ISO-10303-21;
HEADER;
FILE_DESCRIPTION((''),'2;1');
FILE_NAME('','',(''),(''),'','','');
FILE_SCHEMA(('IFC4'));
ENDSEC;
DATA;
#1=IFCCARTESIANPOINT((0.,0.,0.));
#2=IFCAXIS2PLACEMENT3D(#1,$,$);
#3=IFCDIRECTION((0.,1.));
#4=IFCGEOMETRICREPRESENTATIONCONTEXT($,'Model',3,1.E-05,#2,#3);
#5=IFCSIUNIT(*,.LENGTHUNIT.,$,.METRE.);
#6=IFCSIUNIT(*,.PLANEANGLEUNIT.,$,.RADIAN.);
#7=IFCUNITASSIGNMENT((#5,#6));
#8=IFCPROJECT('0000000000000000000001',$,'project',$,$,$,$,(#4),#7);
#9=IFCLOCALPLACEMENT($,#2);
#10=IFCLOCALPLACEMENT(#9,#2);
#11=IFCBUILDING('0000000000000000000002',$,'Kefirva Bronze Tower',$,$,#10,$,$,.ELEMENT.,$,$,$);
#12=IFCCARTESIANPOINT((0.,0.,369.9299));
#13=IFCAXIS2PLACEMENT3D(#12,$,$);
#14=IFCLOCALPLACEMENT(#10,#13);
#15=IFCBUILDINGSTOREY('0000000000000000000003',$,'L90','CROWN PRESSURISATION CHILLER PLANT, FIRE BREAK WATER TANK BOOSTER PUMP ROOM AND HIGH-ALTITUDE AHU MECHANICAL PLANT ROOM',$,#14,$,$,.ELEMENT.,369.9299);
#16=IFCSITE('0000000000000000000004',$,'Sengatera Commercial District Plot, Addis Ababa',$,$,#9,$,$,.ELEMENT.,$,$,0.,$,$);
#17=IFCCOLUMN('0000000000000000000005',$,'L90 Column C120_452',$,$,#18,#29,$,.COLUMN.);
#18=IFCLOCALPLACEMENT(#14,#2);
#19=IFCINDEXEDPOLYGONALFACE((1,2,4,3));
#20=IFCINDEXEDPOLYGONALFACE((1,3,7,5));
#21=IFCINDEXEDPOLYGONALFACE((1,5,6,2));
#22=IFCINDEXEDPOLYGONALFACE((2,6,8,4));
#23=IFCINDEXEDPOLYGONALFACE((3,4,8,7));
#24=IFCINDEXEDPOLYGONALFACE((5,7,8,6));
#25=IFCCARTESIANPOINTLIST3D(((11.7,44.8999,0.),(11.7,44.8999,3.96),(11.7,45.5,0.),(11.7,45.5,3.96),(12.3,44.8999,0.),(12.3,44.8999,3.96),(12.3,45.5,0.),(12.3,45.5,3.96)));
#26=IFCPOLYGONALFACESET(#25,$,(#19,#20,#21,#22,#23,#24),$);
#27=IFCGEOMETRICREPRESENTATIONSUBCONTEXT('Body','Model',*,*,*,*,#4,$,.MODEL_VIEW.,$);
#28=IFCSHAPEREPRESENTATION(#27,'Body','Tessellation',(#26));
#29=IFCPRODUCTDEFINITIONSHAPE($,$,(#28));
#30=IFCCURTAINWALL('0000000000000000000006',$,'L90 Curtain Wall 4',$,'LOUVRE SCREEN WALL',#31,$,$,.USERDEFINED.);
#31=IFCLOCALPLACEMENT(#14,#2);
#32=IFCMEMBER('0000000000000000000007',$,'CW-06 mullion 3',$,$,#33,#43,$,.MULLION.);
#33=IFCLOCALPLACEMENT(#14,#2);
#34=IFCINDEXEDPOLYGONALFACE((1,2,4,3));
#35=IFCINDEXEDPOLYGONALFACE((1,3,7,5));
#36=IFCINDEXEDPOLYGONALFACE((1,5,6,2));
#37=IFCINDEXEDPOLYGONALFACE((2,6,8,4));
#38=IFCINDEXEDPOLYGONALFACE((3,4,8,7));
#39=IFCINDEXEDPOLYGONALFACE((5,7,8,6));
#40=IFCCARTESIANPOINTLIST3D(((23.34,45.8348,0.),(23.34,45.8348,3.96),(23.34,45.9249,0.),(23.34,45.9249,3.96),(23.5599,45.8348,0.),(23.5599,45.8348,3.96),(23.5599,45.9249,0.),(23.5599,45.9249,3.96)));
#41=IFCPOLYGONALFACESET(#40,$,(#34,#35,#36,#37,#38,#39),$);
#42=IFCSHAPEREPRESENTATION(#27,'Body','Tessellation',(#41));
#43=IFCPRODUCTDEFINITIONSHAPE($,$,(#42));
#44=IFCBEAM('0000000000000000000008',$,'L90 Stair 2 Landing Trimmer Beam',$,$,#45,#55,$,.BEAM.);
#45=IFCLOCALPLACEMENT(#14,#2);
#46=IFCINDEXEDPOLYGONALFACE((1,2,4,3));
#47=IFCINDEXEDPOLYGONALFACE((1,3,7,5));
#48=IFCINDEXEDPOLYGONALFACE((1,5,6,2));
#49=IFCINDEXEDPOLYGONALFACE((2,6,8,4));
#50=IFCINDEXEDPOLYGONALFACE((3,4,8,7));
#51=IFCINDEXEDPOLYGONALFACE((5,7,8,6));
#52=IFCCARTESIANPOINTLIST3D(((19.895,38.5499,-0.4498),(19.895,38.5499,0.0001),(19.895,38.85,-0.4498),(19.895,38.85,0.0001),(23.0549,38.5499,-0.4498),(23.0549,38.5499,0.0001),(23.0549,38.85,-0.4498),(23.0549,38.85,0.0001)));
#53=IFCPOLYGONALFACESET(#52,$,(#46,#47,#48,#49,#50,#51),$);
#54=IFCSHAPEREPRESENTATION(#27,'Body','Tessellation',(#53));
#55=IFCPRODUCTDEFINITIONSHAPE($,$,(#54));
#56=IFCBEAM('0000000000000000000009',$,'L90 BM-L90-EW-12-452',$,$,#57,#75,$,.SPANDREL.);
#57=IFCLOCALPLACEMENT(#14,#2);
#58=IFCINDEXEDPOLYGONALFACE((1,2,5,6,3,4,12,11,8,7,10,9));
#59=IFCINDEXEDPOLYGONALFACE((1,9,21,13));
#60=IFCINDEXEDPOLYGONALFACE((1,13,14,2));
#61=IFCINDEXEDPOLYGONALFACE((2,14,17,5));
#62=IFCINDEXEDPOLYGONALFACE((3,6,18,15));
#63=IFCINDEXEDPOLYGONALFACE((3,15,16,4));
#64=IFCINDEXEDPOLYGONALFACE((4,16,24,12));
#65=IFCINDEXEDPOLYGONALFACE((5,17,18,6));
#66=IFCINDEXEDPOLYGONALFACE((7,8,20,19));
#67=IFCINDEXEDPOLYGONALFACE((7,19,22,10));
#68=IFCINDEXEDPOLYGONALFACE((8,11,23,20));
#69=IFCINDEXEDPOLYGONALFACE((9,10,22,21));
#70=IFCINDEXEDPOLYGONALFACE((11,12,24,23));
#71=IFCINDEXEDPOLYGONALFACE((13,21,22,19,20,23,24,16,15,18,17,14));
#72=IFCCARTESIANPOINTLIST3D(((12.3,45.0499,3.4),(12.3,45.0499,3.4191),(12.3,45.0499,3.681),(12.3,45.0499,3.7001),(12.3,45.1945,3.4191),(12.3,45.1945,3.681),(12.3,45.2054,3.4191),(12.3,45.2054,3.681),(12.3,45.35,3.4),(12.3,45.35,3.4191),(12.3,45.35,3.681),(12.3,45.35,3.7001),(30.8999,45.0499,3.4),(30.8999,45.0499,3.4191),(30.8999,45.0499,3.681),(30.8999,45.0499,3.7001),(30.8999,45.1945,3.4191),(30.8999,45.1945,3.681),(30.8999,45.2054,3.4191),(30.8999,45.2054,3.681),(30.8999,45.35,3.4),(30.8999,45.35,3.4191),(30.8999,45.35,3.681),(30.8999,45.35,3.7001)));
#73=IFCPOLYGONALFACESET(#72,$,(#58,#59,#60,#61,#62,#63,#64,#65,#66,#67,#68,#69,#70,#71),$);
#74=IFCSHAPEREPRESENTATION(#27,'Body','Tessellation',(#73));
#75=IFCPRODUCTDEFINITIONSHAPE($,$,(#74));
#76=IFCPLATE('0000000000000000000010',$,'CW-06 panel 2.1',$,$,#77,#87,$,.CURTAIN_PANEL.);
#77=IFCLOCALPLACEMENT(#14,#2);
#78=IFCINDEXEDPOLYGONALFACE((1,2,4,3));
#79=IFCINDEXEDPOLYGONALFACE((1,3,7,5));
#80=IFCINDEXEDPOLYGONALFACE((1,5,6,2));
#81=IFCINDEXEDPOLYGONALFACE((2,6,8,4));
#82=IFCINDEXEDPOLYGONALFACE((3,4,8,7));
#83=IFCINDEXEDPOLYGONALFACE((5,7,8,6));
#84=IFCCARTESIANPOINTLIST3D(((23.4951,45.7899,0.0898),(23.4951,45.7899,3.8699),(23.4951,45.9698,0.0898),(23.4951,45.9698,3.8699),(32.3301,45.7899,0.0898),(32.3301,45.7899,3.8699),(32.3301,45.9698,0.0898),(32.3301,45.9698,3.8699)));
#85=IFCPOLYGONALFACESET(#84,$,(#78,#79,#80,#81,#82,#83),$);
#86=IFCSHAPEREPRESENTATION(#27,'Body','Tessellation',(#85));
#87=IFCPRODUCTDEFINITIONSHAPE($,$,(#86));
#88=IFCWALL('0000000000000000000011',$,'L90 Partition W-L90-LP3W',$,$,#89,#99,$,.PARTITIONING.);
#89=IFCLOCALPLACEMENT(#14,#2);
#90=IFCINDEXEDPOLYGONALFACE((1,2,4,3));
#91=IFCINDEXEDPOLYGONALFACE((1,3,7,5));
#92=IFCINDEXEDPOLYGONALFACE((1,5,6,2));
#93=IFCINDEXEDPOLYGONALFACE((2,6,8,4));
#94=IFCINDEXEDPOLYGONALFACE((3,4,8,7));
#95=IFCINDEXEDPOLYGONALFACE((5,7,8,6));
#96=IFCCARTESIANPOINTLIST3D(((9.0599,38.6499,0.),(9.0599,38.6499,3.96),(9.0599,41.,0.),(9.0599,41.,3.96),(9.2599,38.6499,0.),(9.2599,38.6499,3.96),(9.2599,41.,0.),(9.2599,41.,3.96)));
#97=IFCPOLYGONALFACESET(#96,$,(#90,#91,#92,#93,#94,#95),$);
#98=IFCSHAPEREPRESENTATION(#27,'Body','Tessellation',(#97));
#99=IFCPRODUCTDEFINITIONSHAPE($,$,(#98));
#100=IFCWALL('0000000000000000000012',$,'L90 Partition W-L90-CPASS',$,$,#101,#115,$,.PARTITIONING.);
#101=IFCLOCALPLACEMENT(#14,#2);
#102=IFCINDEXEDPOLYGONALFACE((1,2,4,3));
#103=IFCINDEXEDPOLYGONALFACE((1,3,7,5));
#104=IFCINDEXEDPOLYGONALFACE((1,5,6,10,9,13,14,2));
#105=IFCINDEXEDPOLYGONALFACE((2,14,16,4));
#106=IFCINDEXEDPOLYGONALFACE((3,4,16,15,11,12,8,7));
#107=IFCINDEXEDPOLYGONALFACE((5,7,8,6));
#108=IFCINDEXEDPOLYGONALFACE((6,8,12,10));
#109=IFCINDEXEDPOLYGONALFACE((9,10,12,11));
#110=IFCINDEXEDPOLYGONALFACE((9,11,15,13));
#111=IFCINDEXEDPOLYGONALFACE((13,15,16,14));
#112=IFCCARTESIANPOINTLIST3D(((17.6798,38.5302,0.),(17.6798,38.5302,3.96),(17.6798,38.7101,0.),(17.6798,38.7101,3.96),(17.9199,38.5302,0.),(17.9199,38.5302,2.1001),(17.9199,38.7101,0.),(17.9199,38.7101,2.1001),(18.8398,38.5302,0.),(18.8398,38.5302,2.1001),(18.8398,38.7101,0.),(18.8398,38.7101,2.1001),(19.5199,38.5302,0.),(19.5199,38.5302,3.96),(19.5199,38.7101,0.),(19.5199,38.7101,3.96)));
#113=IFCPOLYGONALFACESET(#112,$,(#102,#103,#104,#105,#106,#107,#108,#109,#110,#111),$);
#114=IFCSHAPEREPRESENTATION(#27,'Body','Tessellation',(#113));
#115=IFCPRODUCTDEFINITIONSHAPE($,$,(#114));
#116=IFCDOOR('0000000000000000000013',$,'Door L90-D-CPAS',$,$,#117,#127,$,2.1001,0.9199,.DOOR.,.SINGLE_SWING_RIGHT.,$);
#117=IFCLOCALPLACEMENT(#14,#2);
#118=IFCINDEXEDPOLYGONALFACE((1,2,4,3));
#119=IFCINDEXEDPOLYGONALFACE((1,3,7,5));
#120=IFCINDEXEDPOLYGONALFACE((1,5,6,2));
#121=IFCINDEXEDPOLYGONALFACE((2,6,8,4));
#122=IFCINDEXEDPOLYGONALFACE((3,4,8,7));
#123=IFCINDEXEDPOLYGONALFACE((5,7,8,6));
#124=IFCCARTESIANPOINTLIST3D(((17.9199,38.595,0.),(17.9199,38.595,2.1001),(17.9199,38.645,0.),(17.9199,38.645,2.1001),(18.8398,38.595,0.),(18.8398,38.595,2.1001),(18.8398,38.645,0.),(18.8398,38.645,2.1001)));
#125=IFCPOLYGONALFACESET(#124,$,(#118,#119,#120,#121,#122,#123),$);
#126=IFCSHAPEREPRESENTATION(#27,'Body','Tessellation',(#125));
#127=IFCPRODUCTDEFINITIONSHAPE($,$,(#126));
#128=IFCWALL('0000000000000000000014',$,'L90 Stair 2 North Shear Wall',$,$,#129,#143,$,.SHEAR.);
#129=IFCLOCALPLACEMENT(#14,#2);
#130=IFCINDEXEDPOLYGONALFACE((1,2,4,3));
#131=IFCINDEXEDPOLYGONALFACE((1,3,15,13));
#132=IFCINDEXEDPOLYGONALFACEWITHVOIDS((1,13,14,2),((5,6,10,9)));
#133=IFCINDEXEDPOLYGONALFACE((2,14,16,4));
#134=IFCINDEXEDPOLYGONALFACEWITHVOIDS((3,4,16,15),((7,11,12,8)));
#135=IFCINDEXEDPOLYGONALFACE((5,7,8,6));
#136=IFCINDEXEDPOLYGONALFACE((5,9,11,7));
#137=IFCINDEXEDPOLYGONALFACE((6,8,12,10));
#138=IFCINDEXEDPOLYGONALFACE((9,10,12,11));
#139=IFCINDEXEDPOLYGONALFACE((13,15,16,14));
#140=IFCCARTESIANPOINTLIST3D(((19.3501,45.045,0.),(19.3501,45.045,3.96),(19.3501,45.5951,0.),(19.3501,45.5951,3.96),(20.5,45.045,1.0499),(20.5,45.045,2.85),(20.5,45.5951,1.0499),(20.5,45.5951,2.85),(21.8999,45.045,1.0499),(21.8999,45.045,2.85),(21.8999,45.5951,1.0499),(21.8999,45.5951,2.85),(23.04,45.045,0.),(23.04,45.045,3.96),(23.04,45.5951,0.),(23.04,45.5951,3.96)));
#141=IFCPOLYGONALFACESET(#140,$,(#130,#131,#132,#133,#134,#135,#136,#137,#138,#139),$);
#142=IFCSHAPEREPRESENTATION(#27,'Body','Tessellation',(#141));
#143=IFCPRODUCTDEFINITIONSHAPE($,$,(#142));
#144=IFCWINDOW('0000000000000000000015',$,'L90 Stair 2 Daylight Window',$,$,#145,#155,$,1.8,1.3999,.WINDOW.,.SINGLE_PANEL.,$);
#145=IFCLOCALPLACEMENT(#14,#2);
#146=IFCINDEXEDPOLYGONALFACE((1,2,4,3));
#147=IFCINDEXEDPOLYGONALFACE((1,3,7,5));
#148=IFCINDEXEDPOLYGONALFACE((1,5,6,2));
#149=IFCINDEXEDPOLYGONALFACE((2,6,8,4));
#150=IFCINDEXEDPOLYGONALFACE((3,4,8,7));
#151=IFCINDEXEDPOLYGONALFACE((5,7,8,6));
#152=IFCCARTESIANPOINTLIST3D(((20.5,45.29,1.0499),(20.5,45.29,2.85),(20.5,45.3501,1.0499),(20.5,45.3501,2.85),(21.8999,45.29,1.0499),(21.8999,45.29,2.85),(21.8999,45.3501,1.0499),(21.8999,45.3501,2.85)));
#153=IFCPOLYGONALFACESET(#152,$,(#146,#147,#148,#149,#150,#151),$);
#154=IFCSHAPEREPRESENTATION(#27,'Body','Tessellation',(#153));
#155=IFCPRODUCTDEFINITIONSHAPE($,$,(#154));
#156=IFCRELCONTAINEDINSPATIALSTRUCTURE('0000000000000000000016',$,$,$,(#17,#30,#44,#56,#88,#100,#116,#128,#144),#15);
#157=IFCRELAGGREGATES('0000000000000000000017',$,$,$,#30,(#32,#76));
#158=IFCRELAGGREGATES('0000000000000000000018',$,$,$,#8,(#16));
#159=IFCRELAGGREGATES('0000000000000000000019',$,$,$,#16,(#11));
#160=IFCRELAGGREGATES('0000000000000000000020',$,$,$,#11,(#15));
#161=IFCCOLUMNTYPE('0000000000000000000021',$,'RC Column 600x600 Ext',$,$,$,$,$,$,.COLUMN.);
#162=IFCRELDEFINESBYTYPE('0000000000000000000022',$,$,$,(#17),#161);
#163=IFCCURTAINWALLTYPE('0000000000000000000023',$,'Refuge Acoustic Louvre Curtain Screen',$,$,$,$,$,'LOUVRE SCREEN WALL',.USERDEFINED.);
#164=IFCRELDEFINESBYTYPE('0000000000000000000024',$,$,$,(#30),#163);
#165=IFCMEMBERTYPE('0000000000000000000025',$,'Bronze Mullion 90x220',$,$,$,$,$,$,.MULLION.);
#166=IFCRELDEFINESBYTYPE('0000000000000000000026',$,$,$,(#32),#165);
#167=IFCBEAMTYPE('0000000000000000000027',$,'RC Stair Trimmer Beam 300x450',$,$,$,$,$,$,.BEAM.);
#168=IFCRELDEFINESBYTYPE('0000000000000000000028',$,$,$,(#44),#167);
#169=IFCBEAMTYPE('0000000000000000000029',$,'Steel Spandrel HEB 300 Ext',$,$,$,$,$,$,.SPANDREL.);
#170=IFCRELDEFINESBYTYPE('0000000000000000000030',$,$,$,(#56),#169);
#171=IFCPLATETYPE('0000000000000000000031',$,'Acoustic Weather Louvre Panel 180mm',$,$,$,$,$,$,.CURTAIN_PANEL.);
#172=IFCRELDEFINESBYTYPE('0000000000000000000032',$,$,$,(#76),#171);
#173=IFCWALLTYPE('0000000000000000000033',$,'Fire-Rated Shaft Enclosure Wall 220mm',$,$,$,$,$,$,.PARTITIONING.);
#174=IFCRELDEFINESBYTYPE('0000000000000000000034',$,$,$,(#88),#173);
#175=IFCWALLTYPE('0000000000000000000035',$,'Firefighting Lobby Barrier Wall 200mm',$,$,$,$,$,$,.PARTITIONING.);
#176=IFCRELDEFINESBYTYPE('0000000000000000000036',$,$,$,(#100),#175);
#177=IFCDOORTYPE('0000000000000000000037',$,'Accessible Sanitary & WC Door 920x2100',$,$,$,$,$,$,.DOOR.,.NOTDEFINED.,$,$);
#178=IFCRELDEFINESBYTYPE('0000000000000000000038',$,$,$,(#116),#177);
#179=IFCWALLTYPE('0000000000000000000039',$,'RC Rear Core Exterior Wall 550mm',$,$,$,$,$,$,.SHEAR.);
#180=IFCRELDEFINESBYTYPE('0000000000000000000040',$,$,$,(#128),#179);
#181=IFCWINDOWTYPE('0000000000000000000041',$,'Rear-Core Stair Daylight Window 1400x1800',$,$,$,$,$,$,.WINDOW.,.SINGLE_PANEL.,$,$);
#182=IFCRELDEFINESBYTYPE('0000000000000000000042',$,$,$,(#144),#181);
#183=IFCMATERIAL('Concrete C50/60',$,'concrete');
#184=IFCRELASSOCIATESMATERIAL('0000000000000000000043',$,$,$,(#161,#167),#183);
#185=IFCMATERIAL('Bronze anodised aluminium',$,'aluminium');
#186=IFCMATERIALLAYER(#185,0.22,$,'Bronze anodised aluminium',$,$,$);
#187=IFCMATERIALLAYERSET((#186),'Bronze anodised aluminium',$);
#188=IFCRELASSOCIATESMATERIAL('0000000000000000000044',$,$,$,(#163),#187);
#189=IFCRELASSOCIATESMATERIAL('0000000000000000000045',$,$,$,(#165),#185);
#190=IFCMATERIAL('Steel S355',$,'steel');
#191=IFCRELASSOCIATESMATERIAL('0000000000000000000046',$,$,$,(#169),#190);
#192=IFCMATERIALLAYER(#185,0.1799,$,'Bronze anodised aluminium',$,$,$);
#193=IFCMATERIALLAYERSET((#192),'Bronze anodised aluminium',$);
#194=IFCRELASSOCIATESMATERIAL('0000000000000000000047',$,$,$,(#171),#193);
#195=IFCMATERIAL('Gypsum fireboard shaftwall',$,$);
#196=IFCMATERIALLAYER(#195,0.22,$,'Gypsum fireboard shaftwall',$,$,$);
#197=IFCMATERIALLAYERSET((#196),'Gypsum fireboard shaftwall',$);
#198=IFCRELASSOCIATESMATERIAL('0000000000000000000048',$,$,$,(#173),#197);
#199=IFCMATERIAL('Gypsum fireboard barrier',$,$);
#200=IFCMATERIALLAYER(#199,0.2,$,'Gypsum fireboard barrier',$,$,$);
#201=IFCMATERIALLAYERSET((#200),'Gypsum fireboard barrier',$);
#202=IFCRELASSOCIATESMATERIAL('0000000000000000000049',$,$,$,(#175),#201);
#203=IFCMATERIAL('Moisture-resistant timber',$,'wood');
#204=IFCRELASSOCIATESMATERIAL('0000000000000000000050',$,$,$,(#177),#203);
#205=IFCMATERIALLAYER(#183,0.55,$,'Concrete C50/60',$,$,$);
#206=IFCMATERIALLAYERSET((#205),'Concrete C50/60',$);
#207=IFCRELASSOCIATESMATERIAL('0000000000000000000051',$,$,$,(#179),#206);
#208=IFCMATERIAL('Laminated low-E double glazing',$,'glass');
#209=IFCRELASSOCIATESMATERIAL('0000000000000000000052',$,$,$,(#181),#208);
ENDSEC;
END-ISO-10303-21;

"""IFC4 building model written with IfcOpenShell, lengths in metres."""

from ifc_helpers import new_model, si_unit, direction, frame, frame_2d, origin, origin_2d, place, context, subcontext, project, spatial, rectangle, i_section, extrude, material, layer, layer_set, material_profile, profile_set, type_object, element, fill, aggregate, save


model = new_model("IFC4")

# Units and contexts
model_context = context("Model", 3, precision=1e-05, world=origin(), true_north=direction((0.0, 1.0)))
body_context = subcontext(model_context, "Body", "Model", "MODEL_VIEW")
ifc_project = project(units=[si_unit("LENGTHUNIT", "METRE"), si_unit("PLANEANGLEUNIT", "RADIAN")], contexts=[model_context])

# Site, building, storey
site_placement = place(None, origin())
site = spatial("IfcSite", under=ifc_project, at=site_placement, Name="Sengatera Commercial District Plot, Addis Ababa", CompositionType="ELEMENT", RefElevation=0.0)
building_placement = place(site_placement, origin())
building = spatial("IfcBuilding", under=site, at=building_placement, Name="Kefirva Bronze Tower", CompositionType="ELEMENT")
storey_placement = place(building_placement, frame((0.0, 0.0, 369.9299)))
storey = spatial("IfcBuildingStorey", under=building, at=storey_placement, Name="L90", Description="CROWN PRESSURISATION CHILLER PLANT, FIRE BREAK WATER TANK BOOSTER PUMP ROOM AND HIGH-ALTITUDE AHU MECHANICAL PLANT ROOM", CompositionType="ELEMENT", Elevation=369.9299)

# Column
ifc_material_1 = material(Name="Concrete C50/60", Category="concrete")
ifc_material_profile_1 = material_profile(ifc_material_1, rectangle(XDim=0.6001, YDim=0.6001, at=origin_2d()), Name="RC 600x600")
ifc_profile_set_1 = profile_set([ifc_material_profile_1], Name="Concrete C50/60")
column_type = type_object("IfcColumnType", Name="RC Column 600x600 Ext", PredefinedType="COLUMN", material=ifc_profile_set_1)
column_placement = place(storey_placement, frame((12.0, 45.2, 0.0), z_axis=(0.0, 0.0, 1.0), x_axis=(1.0, 0.0, 0.0)))
element("IfcColumn", 1, at=column_placement, inside=storey, type_object=column_type, Name="L90 Column C120_452", PredefinedType="COLUMN", context=body_context, shape_type="SweptSolid", body=[
    extrude(rectangle(XDim=0.6001, YDim=0.6001, at=origin_2d()), origin(), (0.0, 0.0, 1.0), 3.96),
])

# Curtain wall, member
ifc_material_2 = material(Name="Bronze anodised aluminium", Category="aluminium")
ifc_layer_1 = layer(ifc_material_2, 0.22, Name="Bronze anodised aluminium")
ifc_layer_set_1 = layer_set([ifc_layer_1], Name="Bronze anodised aluminium")
curtain_wall_type = type_object("IfcCurtainWallType", Name="Refuge Acoustic Louvre Curtain Screen", ElementType="LOUVRE SCREEN WALL", PredefinedType="USERDEFINED", material=ifc_layer_set_1)
curtain_wall_placement = place(storey_placement, origin())
curtain_wall = element("IfcCurtainWall", 2, at=curtain_wall_placement, inside=storey, type_object=curtain_wall_type, Name="L90 Curtain Wall 4", ObjectType="LOUVRE SCREEN WALL", PredefinedType="USERDEFINED")
ifc_material_profile_2 = material_profile(ifc_material_2, rectangle(XDim=0.0901, YDim=0.22, at=origin_2d()), Name="ALU 90x220")
ifc_profile_set_2 = profile_set([ifc_material_profile_2], Name="Bronze anodised aluminium")
member_type = type_object("IfcMemberType", Name="Bronze Mullion 90x220", PredefinedType="MULLION", material=ifc_profile_set_2)
member_placement = place(storey_placement, frame((23.45, 45.8799, 0.0), z_axis=(0.0, 0.0, 1.0), x_axis=(0.0, -1.0, 0.0)))
member = element("IfcMember", 3, at=member_placement, type_object=member_type, Name="CW-06 mullion 3", PredefinedType="MULLION", context=body_context, shape_type="SweptSolid", body=[
    extrude(rectangle(XDim=0.0901, YDim=0.22, at=origin_2d()), origin(), (0.0, 0.0, 1.0), 3.96),
])

# Beams
ifc_material_profile_3 = material_profile(ifc_material_1, rectangle(XDim=0.3, YDim=0.45, at=origin_2d()), Name="RC 300x450")
ifc_profile_set_3 = profile_set([ifc_material_profile_3], Name="Concrete C50/60")
beam_type_1 = type_object("IfcBeamType", Name="RC Stair Trimmer Beam 300x450", PredefinedType="BEAM", material=ifc_profile_set_3)
beam_1_placement = place(storey_placement, frame((19.895, 38.7, -0.2249), z_axis=(1.0, 0.0, 0.0), x_axis=(0.0, 1.0, 0.0)))
element("IfcBeam", 4, at=beam_1_placement, inside=storey, type_object=beam_type_1, Name="L90 Stair 2 Landing Trimmer Beam", PredefinedType="BEAM", context=body_context, shape_type="SweptSolid", body=[
    extrude(rectangle(XDim=0.3, YDim=0.45, at=origin_2d()), origin(), (0.0, 0.0, 1.0), 3.1599),
])
ifc_material_3 = material(Name="Steel S355", Category="steel")
ifc_material_profile_4 = material_profile(ifc_material_3, i_section(OverallWidth=0.3, OverallDepth=0.3, WebThickness=0.011, FlangeThickness=0.019, at=origin_2d()), Name="HEB 300")
ifc_profile_set_4 = profile_set([ifc_material_profile_4], Name="Steel S355")
beam_type_2 = type_object("IfcBeamType", Name="Steel Spandrel HEB 300 Ext", PredefinedType="SPANDREL", material=ifc_profile_set_4)
beam_2_placement = place(storey_placement, frame((12.3, 45.2, 3.55), z_axis=(1.0, 0.0, 0.0), x_axis=(0.0, 1.0, 0.0)))
element("IfcBeam", 5, at=beam_2_placement, inside=storey, type_object=beam_type_2, Name="L90 BM-L90-EW-12-452", PredefinedType="SPANDREL", context=body_context, shape_type="SweptSolid", body=[
    extrude(i_section(OverallWidth=0.3, OverallDepth=0.3, WebThickness=0.011, FlangeThickness=0.019, at=origin_2d()), origin(), (0.0, 0.0, 1.0), 18.5999),
])

# Plate
ifc_layer_2 = layer(ifc_material_2, 0.1799, Name="Bronze anodised aluminium")
ifc_layer_set_2 = layer_set([ifc_layer_2], Name="Bronze anodised aluminium")
plate_type = type_object("IfcPlateType", Name="Acoustic Weather Louvre Panel 180mm", PredefinedType="CURTAIN_PANEL", material=ifc_layer_set_2)
plate_placement = place(storey_placement, frame((27.9126, 45.8799, 0.0898), z_axis=(0.0, 0.0, 1.0), x_axis=(-1.0, 0.0, 0.0)))
plate = element("IfcPlate", 6, at=plate_placement, type_object=plate_type, Name="CW-06 panel 2.1", PredefinedType="CURTAIN_PANEL", context=body_context, shape_type="SweptSolid", body=[
    extrude(rectangle(XDim=8.835, YDim=0.1799, at=origin_2d()), origin(), (0.0, 0.0, 1.0), 3.78),
])
aggregate(curtain_wall, [member, plate])

# Shared definitions
ifc_material_4 = material(Name="Gypsum fireboard shaftwall")
ifc_layer_3 = layer(ifc_material_4, 0.22, Name="Gypsum fireboard shaftwall")
ifc_layer_set_3 = layer_set([ifc_layer_3], Name="Gypsum fireboard shaftwall")
wall_type_1 = type_object("IfcWallType", Name="Fire-Rated Shaft Enclosure Wall 220mm", PredefinedType="PARTITIONING", material=ifc_layer_set_3)

# Wall
wall_1_placement = place(storey_placement, frame((9.1599, 38.6499, 0.0), z_axis=(0.0, 0.0, 1.0), x_axis=(0.0, 1.0, 0.0)))
element("IfcWall", 7, at=wall_1_placement, inside=storey, type_object=wall_type_1, Name="L90 Partition W-L90-LP3W", PredefinedType="PARTITIONING", context=body_context, shape_type="SweptSolid", body=[
    extrude(rectangle(XDim=2.3501, YDim=0.2, at=frame_2d((1.175, 0.0))), origin(), (0.0, 0.0, 1.0), 3.96),
])

# Wall, opening, door
ifc_material_5 = material(Name="Gypsum fireboard barrier")
ifc_layer_4 = layer(ifc_material_5, 0.2, Name="Gypsum fireboard barrier")
ifc_layer_set_4 = layer_set([ifc_layer_4], Name="Gypsum fireboard barrier")
wall_type_2 = type_object("IfcWallType", Name="Firefighting Lobby Barrier Wall 200mm", PredefinedType="PARTITIONING", material=ifc_layer_set_4)
wall_2_placement = place(storey_placement, frame((17.6799, 38.6201, 0.0), z_axis=(0.0, 0.0, 1.0), x_axis=(1.0, 0.0, 0.0)))
wall_2 = element("IfcWall", 8, at=wall_2_placement, inside=storey, type_object=wall_type_2, Name="L90 Partition W-L90-CPASS", PredefinedType="PARTITIONING", context=body_context, shape_type="SweptSolid", body=[
    extrude(rectangle(XDim=1.8401, YDim=0.1799, at=frame_2d((0.9199, 0.0))), origin(), (0.0, 0.0, 1.0), 3.96),
])
opening_1_placement = place(wall_2_placement, frame((0.24, 0.0, 0.0)))
opening_1 = element("IfcOpeningElement", 9, at=opening_1_placement, cuts=wall_2, PredefinedType="OPENING", context=body_context, shape_type="SweptSolid", body=[
    extrude(rectangle(XDim=0.9199, YDim=2.1001, at=frame_2d((0.46, 1.05))), frame((0.0, 0.1001, 0.0), z_axis=(0.0, -1.0, 0.0), x_axis=(1.0, 0.0, 0.0)), (0.0, 0.0, 1.0), 0.2),
])
ifc_material_6 = material(Name="Moisture-resistant timber", Category="wood")
door_type_1 = type_object("IfcDoorType", Name="Accessible Sanitary & WC Door 920x2100", OperationType="NOTDEFINED", PredefinedType="DOOR", material=ifc_material_6)
door_1_placement = place(opening_1_placement, origin())
door_1 = element("IfcDoor", 10, at=door_1_placement, inside=storey, type_object=door_type_1, Name="Door L90-D-CPAS", OperationType="SINGLE_SWING_RIGHT", OverallHeight=2.1001, OverallWidth=0.9199, PredefinedType="DOOR", context=body_context, shape_type="SweptSolid", body=[
    extrude(rectangle(XDim=0.9199, YDim=2.1001, at=frame_2d((0.46, 1.05))), frame((0.0, 0.0249, 0.0), z_axis=(0.0, -1.0, 0.0), x_axis=(1.0, 0.0, 0.0)), (0.0, 0.0, 1.0), 0.05),
])
fill(opening_1, door_1)

# Wall, opening, window
ifc_layer_5 = layer(ifc_material_1, 0.55, Name="Concrete C50/60")
ifc_layer_set_5 = layer_set([ifc_layer_5], Name="Concrete C50/60")
wall_type_3 = type_object("IfcWallType", Name="RC Rear Core Exterior Wall 550mm", PredefinedType="SHEAR", material=ifc_layer_set_5)
wall_3_placement = place(storey_placement, frame((19.3501, 45.3201, 0.0), z_axis=(0.0, 0.0, 1.0), x_axis=(1.0, 0.0, 0.0)))
wall_3 = element("IfcWall", 11, at=wall_3_placement, inside=storey, type_object=wall_type_3, Name="L90 Stair 2 North Shear Wall", PredefinedType="SHEAR", context=body_context, shape_type="SweptSolid", body=[
    extrude(rectangle(XDim=3.6899, YDim=0.55, at=frame_2d((1.845, 0.0))), origin(), (0.0, 0.0, 1.0), 3.96),
])
opening_2_placement = place(wall_3_placement, frame((1.1499, 0.0, 1.05)))
opening_2 = element("IfcOpeningElement", 12, at=opening_2_placement, cuts=wall_3, PredefinedType="OPENING", context=body_context, shape_type="SweptSolid", body=[
    extrude(rectangle(XDim=1.3999, YDim=1.8, at=frame_2d((0.7, 0.8999))), frame((0.0, 0.2852, 0.0), z_axis=(0.0, -1.0, 0.0), x_axis=(1.0, 0.0, 0.0)), (0.0, 0.0, 1.0), 0.5701),
])
ifc_material_7 = material(Name="Laminated low-E double glazing", Category="glass")
window_type = type_object("IfcWindowType", Name="Rear-Core Stair Daylight Window 1400x1800", PartitioningType="SINGLE_PANEL", PredefinedType="WINDOW", material=ifc_material_7)
window_placement = place(opening_2_placement, origin())
window = element("IfcWindow", 13, at=window_placement, inside=storey, type_object=window_type, Name="L90 Stair 2 Daylight Window", OverallHeight=1.8, OverallWidth=1.3999, PartitioningType="SINGLE_PANEL", PredefinedType="WINDOW", context=body_context, shape_type="SweptSolid", body=[
    extrude(rectangle(XDim=1.3999, YDim=1.8, at=frame_2d((0.7, 0.8999))), frame((0.0, 0.03, 0.0), z_axis=(0.0, -1.0, 0.0), x_axis=(1.0, 0.0, 0.0)), (0.0, 0.0, 1.0), 0.0601),
])
fill(opening_2, window)

save(model, "model.ifc")
